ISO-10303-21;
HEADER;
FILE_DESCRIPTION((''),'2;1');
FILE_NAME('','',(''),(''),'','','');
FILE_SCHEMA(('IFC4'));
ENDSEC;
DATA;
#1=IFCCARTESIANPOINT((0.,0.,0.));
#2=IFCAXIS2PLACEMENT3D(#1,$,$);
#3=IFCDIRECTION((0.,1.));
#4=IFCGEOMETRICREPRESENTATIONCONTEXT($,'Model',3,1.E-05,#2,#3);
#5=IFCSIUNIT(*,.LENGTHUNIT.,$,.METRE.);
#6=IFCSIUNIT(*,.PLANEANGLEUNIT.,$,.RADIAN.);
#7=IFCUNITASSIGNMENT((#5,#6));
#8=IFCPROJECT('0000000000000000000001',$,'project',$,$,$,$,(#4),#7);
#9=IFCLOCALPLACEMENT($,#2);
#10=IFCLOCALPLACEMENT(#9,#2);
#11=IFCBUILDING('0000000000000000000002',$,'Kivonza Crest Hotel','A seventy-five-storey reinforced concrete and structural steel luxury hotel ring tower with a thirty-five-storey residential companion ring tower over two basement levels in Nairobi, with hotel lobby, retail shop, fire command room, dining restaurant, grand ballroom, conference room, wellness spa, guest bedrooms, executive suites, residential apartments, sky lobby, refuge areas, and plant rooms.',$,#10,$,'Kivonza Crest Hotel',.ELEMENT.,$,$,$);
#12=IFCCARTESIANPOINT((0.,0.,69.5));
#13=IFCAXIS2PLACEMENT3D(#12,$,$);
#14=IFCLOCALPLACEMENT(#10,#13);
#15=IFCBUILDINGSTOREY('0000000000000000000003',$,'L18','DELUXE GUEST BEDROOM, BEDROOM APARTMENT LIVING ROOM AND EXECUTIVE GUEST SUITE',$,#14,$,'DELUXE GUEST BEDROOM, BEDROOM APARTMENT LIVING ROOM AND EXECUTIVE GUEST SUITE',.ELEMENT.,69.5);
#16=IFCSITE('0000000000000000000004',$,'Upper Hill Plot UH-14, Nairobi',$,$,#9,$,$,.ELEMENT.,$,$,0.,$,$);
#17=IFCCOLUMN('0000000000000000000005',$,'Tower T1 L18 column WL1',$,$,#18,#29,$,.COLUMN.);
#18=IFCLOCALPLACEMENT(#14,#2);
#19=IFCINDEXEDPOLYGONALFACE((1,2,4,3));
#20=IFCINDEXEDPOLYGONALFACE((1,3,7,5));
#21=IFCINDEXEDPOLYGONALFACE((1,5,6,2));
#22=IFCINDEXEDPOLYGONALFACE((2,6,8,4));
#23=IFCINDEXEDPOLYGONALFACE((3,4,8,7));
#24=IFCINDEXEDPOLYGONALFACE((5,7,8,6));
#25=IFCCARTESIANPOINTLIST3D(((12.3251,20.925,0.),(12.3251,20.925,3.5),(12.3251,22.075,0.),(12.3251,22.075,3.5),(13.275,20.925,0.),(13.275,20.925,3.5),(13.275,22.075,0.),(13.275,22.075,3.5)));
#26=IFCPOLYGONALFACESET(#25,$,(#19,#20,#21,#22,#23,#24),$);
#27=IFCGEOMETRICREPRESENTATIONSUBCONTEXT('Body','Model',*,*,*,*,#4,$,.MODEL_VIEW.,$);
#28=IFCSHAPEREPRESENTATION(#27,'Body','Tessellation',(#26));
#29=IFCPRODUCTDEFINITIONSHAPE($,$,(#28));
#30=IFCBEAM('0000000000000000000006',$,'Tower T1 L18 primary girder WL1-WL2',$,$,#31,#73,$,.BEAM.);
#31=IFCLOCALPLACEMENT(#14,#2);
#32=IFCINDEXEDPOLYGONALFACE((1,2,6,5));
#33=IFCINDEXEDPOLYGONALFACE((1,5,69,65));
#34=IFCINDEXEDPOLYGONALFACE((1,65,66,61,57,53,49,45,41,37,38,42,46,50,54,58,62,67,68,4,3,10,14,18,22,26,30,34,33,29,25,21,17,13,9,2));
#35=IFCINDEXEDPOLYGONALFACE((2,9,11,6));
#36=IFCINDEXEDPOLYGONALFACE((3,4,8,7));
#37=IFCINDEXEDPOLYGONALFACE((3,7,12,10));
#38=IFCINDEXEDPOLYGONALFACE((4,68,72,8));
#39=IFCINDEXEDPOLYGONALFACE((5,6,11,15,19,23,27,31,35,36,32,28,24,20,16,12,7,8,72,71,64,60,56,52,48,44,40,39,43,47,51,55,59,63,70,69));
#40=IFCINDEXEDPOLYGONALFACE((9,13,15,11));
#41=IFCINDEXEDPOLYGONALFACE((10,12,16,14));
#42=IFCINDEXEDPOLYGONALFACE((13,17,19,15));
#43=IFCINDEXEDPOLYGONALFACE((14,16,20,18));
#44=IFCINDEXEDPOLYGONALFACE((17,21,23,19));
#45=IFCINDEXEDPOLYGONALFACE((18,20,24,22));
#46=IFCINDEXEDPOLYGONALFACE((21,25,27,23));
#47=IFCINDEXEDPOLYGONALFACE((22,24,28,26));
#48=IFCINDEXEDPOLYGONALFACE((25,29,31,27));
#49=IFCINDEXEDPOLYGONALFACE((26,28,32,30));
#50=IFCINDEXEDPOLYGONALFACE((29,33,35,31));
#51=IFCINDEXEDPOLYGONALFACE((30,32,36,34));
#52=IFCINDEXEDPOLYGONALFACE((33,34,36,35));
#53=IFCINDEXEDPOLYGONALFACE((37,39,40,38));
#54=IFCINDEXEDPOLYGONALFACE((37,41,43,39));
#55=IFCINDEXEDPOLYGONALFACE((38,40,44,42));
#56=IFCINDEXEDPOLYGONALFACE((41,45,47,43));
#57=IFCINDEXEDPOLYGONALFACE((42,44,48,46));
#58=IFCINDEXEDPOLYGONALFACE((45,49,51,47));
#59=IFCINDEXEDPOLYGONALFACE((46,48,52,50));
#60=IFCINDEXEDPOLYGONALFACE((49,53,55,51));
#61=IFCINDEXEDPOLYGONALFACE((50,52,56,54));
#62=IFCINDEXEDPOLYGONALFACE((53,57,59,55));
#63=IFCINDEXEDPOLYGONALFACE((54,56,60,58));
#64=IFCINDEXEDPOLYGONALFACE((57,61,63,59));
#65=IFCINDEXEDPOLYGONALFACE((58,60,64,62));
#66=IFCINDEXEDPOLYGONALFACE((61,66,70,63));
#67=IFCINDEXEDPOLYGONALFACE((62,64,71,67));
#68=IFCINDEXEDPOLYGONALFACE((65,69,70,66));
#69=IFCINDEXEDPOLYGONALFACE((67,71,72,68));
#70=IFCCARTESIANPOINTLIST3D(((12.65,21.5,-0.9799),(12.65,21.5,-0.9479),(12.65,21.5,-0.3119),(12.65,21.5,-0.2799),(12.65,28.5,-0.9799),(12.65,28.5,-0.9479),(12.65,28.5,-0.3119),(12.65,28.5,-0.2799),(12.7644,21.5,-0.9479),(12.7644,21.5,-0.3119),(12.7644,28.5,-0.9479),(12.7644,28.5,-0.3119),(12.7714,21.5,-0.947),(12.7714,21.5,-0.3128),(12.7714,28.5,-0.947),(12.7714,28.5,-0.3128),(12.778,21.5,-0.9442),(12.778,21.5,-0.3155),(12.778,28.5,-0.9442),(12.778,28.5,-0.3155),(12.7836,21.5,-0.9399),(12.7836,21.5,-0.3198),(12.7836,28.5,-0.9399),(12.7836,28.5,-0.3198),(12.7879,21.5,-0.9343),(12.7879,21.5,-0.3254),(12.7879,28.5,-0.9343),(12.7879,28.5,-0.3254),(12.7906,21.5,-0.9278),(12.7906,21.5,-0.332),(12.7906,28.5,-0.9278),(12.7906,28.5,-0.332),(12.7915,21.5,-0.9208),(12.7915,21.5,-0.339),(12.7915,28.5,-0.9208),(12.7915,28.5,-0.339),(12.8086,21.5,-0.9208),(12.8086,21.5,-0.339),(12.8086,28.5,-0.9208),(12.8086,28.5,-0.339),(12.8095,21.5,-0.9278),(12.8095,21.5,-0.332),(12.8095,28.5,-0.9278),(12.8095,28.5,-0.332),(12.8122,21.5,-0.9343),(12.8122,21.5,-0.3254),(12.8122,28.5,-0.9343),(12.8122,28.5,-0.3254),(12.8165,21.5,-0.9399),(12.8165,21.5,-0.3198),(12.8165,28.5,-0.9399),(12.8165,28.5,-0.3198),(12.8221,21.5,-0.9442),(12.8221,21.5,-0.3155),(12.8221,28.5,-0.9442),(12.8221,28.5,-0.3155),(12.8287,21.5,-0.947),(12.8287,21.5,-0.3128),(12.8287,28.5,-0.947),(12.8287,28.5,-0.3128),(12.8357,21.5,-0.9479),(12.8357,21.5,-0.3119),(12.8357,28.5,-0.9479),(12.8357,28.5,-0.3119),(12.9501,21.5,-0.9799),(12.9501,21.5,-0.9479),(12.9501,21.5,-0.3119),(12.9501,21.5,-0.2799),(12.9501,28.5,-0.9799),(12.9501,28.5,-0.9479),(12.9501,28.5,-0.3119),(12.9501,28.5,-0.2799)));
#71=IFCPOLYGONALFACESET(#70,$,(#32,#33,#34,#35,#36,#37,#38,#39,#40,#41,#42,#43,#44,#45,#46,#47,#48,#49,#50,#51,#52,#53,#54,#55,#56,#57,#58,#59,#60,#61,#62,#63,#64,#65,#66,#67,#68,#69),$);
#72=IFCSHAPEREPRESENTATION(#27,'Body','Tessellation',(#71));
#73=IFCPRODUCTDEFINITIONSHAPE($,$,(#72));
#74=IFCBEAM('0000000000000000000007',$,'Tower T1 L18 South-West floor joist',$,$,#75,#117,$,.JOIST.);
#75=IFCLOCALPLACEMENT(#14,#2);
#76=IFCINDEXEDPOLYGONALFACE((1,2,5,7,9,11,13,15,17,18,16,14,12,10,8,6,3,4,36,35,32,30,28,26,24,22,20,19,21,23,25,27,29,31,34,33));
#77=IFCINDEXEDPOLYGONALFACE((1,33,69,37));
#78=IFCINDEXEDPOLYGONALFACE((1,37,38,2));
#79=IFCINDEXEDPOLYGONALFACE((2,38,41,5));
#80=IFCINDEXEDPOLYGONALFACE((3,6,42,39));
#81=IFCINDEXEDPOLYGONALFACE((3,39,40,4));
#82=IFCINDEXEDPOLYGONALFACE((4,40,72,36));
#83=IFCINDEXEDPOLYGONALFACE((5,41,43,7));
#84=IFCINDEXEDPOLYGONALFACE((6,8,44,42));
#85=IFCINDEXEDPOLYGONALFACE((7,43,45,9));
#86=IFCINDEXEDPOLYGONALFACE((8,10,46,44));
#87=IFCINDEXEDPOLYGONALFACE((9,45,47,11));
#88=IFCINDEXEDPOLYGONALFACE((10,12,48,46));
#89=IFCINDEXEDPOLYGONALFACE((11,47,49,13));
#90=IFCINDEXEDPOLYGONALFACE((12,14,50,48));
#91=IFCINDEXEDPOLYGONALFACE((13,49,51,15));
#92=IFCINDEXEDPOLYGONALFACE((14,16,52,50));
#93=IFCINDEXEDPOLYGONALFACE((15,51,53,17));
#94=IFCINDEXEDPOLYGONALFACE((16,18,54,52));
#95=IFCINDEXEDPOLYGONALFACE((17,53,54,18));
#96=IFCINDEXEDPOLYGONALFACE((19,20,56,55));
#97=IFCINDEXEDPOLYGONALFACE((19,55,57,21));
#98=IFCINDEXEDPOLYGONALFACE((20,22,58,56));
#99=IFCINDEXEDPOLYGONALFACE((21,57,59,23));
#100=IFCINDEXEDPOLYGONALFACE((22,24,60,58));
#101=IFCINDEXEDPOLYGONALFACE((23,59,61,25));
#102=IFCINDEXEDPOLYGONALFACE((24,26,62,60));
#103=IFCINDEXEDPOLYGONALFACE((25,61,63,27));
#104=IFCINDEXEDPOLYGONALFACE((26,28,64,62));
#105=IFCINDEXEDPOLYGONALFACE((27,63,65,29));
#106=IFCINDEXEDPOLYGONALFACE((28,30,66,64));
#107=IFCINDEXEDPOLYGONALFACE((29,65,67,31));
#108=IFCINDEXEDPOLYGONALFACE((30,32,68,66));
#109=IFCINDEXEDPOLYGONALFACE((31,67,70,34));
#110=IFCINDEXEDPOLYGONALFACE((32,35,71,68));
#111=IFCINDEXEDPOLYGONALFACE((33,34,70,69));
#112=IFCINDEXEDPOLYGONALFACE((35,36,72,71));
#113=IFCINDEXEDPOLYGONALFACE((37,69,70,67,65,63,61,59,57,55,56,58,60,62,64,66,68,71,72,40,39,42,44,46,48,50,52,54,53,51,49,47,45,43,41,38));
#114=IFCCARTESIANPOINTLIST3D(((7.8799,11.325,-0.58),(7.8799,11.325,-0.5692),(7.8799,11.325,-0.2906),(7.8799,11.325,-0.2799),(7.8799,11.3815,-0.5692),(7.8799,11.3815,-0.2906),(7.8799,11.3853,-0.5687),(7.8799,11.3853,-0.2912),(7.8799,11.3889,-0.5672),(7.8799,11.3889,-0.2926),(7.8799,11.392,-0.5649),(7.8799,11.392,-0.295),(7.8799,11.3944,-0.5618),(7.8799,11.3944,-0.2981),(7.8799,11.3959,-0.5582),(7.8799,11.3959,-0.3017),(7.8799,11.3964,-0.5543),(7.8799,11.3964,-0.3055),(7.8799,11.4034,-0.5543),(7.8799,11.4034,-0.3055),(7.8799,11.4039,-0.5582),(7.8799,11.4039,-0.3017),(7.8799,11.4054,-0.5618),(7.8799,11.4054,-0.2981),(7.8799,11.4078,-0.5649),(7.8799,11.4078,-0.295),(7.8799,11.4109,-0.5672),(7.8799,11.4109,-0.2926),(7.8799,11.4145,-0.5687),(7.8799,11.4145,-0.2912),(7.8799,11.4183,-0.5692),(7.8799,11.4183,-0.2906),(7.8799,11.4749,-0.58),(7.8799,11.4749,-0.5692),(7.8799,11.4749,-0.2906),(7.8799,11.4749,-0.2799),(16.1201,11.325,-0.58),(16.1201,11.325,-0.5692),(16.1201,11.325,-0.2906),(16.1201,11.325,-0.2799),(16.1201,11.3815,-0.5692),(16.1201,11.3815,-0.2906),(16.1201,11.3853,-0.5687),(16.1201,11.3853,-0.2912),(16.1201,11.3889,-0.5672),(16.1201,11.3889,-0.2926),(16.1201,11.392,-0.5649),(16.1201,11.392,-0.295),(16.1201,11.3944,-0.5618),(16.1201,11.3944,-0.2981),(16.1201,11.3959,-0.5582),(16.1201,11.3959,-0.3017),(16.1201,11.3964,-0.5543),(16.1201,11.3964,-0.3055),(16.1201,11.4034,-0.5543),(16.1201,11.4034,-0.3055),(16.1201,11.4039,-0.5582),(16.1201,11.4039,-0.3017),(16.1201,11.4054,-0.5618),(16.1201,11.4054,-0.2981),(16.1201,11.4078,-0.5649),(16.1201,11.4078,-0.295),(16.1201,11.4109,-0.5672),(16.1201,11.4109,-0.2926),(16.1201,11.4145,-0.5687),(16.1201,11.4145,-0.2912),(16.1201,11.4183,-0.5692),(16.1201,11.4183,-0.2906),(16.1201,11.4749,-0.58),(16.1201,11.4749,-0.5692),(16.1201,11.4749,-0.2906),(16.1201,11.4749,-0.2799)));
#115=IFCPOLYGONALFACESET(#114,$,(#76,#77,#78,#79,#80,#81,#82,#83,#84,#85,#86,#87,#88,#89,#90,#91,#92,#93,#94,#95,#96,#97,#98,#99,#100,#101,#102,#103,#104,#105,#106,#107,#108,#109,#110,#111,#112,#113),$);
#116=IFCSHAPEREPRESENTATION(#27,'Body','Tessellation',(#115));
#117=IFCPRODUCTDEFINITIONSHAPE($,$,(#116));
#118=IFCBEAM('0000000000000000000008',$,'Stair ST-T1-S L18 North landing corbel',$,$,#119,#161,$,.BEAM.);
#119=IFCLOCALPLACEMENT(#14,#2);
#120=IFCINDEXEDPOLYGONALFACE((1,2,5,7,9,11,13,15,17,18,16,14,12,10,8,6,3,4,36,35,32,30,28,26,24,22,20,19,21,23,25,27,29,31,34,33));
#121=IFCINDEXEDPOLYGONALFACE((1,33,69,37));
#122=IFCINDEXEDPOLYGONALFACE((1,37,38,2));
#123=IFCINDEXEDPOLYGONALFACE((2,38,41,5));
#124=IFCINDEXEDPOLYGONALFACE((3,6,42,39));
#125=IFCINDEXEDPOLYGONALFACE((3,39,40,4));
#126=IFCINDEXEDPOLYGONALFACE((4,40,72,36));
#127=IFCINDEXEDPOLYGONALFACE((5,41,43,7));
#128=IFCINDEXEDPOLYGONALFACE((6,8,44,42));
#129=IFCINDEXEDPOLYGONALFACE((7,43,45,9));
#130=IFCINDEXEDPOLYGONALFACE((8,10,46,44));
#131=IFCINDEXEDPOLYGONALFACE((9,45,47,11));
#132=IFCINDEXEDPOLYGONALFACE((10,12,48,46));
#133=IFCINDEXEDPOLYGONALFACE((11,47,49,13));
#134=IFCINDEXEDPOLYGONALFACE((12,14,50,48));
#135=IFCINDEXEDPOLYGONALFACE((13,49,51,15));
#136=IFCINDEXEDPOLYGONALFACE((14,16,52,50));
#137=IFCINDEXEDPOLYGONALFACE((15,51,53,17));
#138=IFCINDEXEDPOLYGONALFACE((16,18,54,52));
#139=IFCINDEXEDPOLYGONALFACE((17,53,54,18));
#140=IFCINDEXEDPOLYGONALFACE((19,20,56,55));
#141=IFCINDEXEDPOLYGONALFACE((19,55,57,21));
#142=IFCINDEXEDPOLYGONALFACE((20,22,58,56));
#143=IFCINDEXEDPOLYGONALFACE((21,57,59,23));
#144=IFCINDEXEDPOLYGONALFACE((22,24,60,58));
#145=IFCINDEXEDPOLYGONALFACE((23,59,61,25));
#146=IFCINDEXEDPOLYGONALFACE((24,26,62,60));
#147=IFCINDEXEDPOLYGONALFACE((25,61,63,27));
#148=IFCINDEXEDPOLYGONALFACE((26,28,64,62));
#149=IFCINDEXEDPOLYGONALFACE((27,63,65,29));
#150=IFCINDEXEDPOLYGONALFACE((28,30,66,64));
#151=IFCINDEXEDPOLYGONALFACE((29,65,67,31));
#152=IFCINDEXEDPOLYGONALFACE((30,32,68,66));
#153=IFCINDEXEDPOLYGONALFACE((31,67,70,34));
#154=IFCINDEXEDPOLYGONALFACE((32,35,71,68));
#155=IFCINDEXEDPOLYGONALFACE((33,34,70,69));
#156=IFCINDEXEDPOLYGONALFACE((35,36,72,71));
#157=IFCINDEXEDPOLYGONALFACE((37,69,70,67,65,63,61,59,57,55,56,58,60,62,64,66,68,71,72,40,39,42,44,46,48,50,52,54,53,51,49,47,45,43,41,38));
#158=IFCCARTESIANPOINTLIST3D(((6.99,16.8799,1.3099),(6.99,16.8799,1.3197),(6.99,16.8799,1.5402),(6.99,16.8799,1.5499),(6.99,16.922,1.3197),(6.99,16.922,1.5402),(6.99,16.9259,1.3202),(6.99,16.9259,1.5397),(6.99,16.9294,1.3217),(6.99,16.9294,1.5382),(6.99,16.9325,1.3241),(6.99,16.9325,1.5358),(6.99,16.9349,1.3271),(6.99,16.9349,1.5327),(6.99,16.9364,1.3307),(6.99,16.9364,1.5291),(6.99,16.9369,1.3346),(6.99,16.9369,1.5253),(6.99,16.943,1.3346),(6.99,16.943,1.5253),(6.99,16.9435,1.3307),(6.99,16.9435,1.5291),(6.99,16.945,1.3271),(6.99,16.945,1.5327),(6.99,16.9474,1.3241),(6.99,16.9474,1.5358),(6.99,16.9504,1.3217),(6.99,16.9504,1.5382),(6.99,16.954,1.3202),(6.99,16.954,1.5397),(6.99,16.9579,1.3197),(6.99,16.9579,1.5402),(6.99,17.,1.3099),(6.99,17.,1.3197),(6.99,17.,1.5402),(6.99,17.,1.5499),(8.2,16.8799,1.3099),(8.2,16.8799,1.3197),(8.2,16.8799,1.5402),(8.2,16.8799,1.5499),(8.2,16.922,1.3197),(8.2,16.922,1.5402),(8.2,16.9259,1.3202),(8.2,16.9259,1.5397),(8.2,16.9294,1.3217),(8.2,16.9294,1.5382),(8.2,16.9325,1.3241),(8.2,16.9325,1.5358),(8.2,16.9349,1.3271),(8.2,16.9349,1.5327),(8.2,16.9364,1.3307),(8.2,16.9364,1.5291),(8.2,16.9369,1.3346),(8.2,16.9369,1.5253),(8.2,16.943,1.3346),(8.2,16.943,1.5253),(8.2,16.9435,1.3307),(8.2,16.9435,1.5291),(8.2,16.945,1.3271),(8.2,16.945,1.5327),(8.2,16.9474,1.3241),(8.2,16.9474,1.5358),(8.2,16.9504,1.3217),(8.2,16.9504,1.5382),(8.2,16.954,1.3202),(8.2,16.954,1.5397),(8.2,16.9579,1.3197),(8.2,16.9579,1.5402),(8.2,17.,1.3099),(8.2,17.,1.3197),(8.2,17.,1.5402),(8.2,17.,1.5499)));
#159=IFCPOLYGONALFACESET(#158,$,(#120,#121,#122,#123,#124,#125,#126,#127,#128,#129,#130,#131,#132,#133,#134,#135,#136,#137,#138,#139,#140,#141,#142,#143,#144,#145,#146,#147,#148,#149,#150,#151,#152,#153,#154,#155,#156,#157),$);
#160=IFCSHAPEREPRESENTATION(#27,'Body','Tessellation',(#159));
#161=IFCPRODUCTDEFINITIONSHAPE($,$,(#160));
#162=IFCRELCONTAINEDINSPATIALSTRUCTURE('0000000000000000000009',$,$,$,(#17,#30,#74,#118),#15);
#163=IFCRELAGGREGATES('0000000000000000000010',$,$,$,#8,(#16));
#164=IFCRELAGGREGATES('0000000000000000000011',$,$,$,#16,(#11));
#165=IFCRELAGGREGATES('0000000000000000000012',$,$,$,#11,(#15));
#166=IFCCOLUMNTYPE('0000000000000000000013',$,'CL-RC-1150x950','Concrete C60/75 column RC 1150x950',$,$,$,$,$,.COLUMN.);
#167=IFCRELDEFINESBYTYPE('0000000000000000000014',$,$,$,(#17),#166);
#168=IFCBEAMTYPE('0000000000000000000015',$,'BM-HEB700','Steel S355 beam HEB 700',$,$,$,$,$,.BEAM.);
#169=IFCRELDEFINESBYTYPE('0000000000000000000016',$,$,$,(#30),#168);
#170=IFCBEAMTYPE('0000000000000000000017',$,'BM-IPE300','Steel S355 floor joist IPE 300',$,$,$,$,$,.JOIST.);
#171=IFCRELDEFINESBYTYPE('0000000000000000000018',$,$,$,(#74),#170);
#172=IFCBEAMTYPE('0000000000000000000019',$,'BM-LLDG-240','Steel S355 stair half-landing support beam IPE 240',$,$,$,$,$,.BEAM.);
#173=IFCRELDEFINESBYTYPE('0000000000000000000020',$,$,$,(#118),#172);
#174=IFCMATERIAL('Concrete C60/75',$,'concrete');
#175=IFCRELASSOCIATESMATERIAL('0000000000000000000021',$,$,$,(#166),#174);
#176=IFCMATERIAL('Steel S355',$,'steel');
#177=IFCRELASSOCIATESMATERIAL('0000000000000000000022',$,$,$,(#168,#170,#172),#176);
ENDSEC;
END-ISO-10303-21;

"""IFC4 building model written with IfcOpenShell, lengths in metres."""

from ifc_helpers import new_model, si_unit, direction, frame, origin, origin_2d, place, context, subcontext, project, spatial, rectangle, i_section, extrude, material, material_profile, profile_set, type_object, element, save


model = new_model("IFC4")

# Units and contexts
model_context = context("Model", 3, precision=1e-05, world=origin(), true_north=direction((0.0, 1.0)))
body_context = subcontext(model_context, "Body", "Model", "MODEL_VIEW")
ifc_project = project(units=[si_unit("LENGTHUNIT", "METRE"), si_unit("PLANEANGLEUNIT", "RADIAN")], contexts=[model_context])

# Site, building, storey
site_placement = place(None, origin())
site = spatial("IfcSite", under=ifc_project, at=site_placement, Name="Upper Hill Plot UH-14, Nairobi", CompositionType="ELEMENT", RefElevation=0.0)
building_placement = place(site_placement, origin())
building = spatial("IfcBuilding", under=site, at=building_placement, Name="Kivonza Crest Hotel", Description="A seventy-five-storey reinforced concrete and structural steel luxury hotel ring tower with a thirty-five-storey residential companion ring tower over two basement levels in Nairobi, with hotel lobby, retail shop, fire command room, dining restaurant, grand ballroom, conference room, wellness spa, guest bedrooms, executive suites, residential apartments, sky lobby, refuge areas, and plant rooms.", LongName="Kivonza Crest Hotel", CompositionType="ELEMENT")
storey_placement = place(building_placement, frame((0.0, 0.0, 69.5)))
storey = spatial("IfcBuildingStorey", under=building, at=storey_placement, Name="L18", Description="DELUXE GUEST BEDROOM, BEDROOM APARTMENT LIVING ROOM AND EXECUTIVE GUEST SUITE", LongName="DELUXE GUEST BEDROOM, BEDROOM APARTMENT LIVING ROOM AND EXECUTIVE GUEST SUITE", CompositionType="ELEMENT", Elevation=69.5)

# Column
ifc_material_1 = material(Name="Concrete C60/75", Category="concrete")
ifc_material_profile_1 = material_profile(ifc_material_1, rectangle(XDim=0.95, YDim=1.1499, at=origin_2d()), Name="RC 1150x950")
ifc_profile_set_1 = profile_set([ifc_material_profile_1], Name="Concrete C60/75")
column_type = type_object("IfcColumnType", Name="CL-RC-1150x950", Description="Concrete C60/75 column RC 1150x950", PredefinedType="COLUMN", material=ifc_profile_set_1)
column_placement = place(storey_placement, frame((12.8, 21.5, 0.0), z_axis=(0.0, 0.0, 1.0), x_axis=(1.0, 0.0, 0.0)))
element("IfcColumn", 1, at=column_placement, inside=storey, type_object=column_type, Name="Tower T1 L18 column WL1", PredefinedType="COLUMN", context=body_context, shape_type="SweptSolid", body=[
    extrude(rectangle(XDim=0.95, YDim=1.1499, at=origin_2d()), origin(), (0.0, 0.0, 1.0), 3.5),
])

# Beams
ifc_material_2 = material(Name="Steel S355", Category="steel")
ifc_material_profile_2 = material_profile(ifc_material_2, i_section(OverallWidth=0.3, OverallDepth=0.7, WebThickness=0.0171, FlangeThickness=0.032, FilletRadius=0.0271, at=origin_2d()), Name="HEB 700")
ifc_profile_set_2 = profile_set([ifc_material_profile_2], Name="Steel S355")
beam_type_1 = type_object("IfcBeamType", Name="BM-HEB700", Description="Steel S355 beam HEB 700", PredefinedType="BEAM", material=ifc_profile_set_2)
beam_1_placement = place(storey_placement, frame((12.8, 21.5, -0.6299), z_axis=(0.0, 1.0, 0.0), x_axis=(-1.0, 0.0, 0.0)))
element("IfcBeam", 2, at=beam_1_placement, inside=storey, type_object=beam_type_1, Name="Tower T1 L18 primary girder WL1-WL2", PredefinedType="BEAM", context=body_context, shape_type="SweptSolid", body=[
    extrude(i_section(OverallWidth=0.3, OverallDepth=0.7, WebThickness=0.0171, FlangeThickness=0.032, FilletRadius=0.0271, at=origin_2d()), origin(), (0.0, 0.0, 1.0), 7.0),
])
ifc_material_profile_3 = material_profile(ifc_material_2, i_section(OverallWidth=0.1499, OverallDepth=0.3, WebThickness=0.0071, FlangeThickness=0.0107, FilletRadius=0.0149, at=origin_2d()), Name="IPE 300")
ifc_profile_set_3 = profile_set([ifc_material_profile_3], Name="Steel S355")
beam_type_2 = type_object("IfcBeamType", Name="BM-IPE300", Description="Steel S355 floor joist IPE 300", PredefinedType="JOIST", material=ifc_profile_set_3)
beam_2_placement = place(storey_placement, frame((7.8799, 11.3999, -0.4299), z_axis=(1.0, 0.0, 0.0), x_axis=(0.0, 1.0, 0.0)))
element("IfcBeam", 3, at=beam_2_placement, inside=storey, type_object=beam_type_2, Name="Tower T1 L18 South-West floor joist", PredefinedType="JOIST", context=body_context, shape_type="SweptSolid", body=[
    extrude(i_section(OverallWidth=0.1499, OverallDepth=0.3, WebThickness=0.0071, FlangeThickness=0.0107, FilletRadius=0.0149, at=origin_2d()), origin(), (0.0, 0.0, 1.0), 8.2402),
])
ifc_material_profile_4 = material_profile(ifc_material_2, i_section(OverallWidth=0.1201, OverallDepth=0.24, WebThickness=0.0061, FlangeThickness=0.0098, FilletRadius=0.0149, at=origin_2d()), Name="IPE 240")
ifc_profile_set_4 = profile_set([ifc_material_profile_4], Name="Steel S355")
beam_type_3 = type_object("IfcBeamType", Name="BM-LLDG-240", Description="Steel S355 stair half-landing support beam IPE 240", PredefinedType="BEAM", material=ifc_profile_set_4)
beam_3_placement = place(storey_placement, frame((6.99, 16.9399, 1.4299), z_axis=(1.0, 0.0, 0.0), x_axis=(0.0, 1.0, 0.0)))
element("IfcBeam", 4, at=beam_3_placement, inside=storey, type_object=beam_type_3, Name="Stair ST-T1-S L18 North landing corbel", PredefinedType="BEAM", context=body_context, shape_type="SweptSolid", body=[
    extrude(i_section(OverallWidth=0.1201, OverallDepth=0.24, WebThickness=0.0061, FlangeThickness=0.0098, FilletRadius=0.0149, at=origin_2d()), origin(), (0.0, 0.0, 1.0), 1.21),
])

save(model, "model.ifc")
